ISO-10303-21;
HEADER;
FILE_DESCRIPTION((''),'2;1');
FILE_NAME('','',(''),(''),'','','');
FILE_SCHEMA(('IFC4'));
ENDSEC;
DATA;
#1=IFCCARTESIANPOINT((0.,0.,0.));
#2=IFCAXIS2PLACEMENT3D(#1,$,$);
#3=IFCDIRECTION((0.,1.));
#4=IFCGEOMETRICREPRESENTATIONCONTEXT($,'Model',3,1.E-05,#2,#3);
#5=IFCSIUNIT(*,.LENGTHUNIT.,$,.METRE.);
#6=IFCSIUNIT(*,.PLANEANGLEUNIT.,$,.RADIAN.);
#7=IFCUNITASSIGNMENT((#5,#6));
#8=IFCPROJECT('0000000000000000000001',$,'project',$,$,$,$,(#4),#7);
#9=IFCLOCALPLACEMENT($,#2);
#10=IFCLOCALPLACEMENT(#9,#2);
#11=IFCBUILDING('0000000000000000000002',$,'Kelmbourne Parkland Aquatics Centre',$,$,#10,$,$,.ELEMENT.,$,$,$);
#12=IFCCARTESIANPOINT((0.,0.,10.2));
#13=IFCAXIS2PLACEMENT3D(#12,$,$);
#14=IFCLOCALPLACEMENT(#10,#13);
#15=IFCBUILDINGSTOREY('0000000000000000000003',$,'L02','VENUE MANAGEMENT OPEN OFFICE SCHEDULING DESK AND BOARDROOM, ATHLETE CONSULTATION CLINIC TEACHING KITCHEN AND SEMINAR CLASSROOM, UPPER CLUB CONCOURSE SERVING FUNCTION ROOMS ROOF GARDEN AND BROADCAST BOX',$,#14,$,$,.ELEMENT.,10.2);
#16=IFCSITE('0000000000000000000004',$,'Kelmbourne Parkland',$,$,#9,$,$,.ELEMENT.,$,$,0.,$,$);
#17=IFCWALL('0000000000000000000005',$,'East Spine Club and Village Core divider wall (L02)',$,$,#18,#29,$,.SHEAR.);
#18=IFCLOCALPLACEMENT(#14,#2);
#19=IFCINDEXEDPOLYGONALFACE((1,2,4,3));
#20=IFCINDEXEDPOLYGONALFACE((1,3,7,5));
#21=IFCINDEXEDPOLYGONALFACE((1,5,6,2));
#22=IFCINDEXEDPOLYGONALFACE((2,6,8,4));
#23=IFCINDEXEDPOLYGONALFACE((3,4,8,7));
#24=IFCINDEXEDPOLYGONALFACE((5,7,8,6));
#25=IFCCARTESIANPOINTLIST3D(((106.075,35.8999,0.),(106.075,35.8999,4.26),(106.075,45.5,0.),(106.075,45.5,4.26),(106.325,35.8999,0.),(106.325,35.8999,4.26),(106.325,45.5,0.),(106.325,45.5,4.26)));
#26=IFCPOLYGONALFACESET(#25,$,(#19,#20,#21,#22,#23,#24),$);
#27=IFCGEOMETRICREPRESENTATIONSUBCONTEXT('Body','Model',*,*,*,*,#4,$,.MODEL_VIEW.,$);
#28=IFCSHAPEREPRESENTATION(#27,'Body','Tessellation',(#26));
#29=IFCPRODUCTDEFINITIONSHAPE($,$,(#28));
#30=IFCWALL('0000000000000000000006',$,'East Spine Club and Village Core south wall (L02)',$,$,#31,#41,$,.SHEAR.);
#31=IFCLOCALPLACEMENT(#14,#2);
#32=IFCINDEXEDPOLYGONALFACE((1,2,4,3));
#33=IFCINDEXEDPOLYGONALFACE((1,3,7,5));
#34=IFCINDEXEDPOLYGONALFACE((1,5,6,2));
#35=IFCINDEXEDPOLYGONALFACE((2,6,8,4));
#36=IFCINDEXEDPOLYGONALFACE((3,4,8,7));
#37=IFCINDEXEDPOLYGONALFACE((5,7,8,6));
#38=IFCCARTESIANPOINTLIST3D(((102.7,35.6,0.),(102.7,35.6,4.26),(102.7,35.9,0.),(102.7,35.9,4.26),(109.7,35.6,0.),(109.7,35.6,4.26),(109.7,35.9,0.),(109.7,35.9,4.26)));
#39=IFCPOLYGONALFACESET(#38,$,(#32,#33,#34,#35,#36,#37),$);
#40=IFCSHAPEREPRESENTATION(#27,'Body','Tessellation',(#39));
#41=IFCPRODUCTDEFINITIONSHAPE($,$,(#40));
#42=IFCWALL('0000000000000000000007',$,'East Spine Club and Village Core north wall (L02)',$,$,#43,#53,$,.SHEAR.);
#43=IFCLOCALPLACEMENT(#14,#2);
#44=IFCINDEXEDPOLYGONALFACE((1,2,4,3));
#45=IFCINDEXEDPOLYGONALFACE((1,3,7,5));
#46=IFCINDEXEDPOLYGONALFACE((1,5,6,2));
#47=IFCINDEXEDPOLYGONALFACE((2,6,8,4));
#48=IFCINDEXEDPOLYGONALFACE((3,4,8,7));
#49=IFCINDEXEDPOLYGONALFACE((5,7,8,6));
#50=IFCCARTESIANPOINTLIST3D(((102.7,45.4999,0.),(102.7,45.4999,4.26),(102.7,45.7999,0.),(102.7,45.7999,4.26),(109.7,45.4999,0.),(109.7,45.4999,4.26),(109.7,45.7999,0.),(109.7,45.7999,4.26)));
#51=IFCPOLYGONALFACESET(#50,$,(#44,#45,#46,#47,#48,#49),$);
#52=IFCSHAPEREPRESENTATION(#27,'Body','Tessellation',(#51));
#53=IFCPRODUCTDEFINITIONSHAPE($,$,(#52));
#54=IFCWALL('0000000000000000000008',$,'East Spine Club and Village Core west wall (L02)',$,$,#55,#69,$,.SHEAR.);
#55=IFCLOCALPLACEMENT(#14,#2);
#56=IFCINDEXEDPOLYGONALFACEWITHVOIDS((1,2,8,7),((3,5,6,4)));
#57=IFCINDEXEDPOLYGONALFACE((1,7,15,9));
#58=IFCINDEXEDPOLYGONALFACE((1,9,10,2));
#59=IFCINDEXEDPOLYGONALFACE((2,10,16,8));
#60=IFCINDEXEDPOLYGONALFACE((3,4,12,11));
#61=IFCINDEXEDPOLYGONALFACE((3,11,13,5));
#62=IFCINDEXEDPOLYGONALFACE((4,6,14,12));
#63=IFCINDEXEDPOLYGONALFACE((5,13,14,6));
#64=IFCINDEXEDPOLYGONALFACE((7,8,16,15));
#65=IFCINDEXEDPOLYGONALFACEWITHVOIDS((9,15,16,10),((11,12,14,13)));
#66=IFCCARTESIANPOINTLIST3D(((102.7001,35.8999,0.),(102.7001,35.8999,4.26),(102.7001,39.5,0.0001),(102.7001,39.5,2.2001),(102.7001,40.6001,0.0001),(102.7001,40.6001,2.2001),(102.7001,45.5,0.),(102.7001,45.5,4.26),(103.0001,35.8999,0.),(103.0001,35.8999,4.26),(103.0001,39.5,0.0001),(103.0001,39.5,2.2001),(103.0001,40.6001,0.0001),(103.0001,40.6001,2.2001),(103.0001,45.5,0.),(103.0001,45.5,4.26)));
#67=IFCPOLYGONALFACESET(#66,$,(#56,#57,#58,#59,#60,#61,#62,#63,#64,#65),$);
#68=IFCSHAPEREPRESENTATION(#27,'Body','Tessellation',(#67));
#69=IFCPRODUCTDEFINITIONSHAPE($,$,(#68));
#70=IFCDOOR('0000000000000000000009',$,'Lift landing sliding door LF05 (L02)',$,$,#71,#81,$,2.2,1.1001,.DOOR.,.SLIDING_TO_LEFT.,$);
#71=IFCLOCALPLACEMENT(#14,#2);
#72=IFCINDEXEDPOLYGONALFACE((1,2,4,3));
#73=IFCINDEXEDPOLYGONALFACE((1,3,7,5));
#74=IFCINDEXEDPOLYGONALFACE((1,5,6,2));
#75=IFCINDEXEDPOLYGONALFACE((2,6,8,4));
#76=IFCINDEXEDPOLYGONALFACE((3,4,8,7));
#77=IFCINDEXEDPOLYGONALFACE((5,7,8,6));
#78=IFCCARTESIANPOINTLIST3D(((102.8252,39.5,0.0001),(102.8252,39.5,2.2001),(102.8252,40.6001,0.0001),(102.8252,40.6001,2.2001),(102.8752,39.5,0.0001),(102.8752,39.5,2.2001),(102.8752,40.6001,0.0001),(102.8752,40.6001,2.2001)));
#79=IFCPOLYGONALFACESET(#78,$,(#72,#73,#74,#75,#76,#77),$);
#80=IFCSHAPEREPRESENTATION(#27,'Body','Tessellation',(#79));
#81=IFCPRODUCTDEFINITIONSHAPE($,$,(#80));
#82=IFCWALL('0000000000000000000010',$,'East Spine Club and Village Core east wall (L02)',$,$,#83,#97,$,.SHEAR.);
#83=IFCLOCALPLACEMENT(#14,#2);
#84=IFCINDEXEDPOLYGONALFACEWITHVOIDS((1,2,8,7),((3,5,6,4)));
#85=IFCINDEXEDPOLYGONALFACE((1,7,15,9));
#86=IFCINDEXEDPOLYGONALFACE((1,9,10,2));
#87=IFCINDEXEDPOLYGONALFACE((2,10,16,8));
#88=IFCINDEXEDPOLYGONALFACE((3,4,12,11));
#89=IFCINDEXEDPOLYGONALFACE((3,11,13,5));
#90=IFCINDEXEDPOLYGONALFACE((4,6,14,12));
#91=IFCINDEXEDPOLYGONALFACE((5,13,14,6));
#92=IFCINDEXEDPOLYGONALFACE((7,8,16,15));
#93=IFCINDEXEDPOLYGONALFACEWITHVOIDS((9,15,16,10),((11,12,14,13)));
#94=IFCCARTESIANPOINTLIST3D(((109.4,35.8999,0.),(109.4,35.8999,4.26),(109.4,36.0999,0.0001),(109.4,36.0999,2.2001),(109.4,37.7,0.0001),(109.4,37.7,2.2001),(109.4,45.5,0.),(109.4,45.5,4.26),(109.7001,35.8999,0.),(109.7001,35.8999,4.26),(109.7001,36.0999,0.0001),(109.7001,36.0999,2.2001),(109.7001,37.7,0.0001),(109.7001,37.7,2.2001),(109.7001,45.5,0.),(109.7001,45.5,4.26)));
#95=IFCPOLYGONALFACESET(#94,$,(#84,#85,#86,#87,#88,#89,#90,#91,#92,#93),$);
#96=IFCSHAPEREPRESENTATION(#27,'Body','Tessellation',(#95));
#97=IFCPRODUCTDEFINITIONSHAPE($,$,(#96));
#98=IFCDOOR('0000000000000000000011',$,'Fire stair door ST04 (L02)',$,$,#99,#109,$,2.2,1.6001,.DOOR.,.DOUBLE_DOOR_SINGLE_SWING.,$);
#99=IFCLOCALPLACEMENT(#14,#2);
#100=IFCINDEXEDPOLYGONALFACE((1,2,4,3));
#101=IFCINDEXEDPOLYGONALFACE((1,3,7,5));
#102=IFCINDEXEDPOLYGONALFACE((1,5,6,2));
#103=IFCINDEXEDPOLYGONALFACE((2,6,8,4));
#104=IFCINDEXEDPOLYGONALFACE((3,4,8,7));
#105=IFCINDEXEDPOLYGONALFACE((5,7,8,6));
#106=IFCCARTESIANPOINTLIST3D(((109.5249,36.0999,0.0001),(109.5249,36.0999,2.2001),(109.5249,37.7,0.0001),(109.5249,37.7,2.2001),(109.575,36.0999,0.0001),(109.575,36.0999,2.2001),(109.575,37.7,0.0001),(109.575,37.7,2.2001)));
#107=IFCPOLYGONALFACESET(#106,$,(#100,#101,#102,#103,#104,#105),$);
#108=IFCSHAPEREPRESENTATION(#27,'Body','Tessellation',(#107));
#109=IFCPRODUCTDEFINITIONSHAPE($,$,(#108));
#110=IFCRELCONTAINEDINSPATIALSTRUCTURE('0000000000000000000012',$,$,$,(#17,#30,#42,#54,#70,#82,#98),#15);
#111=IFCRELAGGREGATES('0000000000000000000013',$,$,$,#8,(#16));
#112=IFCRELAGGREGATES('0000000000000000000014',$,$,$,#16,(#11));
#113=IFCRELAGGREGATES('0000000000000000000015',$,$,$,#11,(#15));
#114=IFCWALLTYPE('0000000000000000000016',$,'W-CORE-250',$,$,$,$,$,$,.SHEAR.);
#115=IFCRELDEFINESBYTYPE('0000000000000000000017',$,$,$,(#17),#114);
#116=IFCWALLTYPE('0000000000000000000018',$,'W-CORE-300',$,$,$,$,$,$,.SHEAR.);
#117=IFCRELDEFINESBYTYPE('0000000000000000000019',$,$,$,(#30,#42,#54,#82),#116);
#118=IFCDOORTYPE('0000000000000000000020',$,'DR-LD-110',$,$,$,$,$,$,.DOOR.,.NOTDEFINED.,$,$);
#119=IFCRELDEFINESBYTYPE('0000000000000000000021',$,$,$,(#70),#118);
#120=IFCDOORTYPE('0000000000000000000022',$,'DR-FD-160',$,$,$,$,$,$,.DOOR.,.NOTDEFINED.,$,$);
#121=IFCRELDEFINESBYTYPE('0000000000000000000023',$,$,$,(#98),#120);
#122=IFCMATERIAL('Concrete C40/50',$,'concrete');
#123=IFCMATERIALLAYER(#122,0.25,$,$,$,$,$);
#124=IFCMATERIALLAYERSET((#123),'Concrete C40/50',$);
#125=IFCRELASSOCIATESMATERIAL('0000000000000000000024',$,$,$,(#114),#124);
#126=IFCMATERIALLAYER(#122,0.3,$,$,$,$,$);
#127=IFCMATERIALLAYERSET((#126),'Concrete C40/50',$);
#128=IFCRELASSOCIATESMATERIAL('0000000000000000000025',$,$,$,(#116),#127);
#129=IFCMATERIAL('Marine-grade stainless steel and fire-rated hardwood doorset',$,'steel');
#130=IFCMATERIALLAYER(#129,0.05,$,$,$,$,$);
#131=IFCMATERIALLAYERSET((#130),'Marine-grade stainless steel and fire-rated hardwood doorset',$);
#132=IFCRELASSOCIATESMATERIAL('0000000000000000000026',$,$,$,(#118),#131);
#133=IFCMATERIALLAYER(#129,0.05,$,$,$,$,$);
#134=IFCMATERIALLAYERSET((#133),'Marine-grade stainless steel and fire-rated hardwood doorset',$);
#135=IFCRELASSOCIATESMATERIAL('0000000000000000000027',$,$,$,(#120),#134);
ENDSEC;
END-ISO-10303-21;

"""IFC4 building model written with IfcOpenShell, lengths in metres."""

from ifc_helpers import new_model, si_unit, direction, frame, frame_2d, origin, place, context, subcontext, project, spatial, rectangle, extrude, material, layer, layer_set, type_object, element, fill, save


model = new_model("IFC4")

# Units and contexts
model_context = context("Model", 3, precision=1e-05, world=origin(), true_north=direction((0.0, 1.0)))
body_context = subcontext(model_context, "Body", "Model", "MODEL_VIEW")
ifc_project = project(units=[si_unit("LENGTHUNIT", "METRE"), si_unit("PLANEANGLEUNIT", "RADIAN")], contexts=[model_context])

# Site, building, storey
site_placement = place(None, origin())
site = spatial("IfcSite", under=ifc_project, at=site_placement, Name="Kelmbourne Parkland", CompositionType="ELEMENT", RefElevation=0.0)
building_placement = place(site_placement, origin())
building = spatial("IfcBuilding", under=site, at=building_placement, Name="Kelmbourne Parkland Aquatics Centre", CompositionType="ELEMENT")
storey_placement = place(building_placement, frame((0.0, 0.0, 10.2)))
storey = spatial("IfcBuildingStorey", under=building, at=storey_placement, Name="L02", Description="VENUE MANAGEMENT OPEN OFFICE SCHEDULING DESK AND BOARDROOM, ATHLETE CONSULTATION CLINIC TEACHING KITCHEN AND SEMINAR CLASSROOM, UPPER CLUB CONCOURSE SERVING FUNCTION ROOMS ROOF GARDEN AND BROADCAST BOX", CompositionType="ELEMENT", Elevation=10.2)

# Shared definitions
ifc_material_1 = material(Name="Concrete C40/50", Category="concrete")

# Walls
ifc_layer_1 = layer(ifc_material_1, 0.25)
ifc_layer_set_1 = layer_set([ifc_layer_1], Name="Concrete C40/50")
wall_type_1 = type_object("IfcWallType", Name="W-CORE-250", PredefinedType="SHEAR", material=ifc_layer_set_1)
wall_1_placement = place(storey_placement, frame((106.2, 35.8999, 0.0), z_axis=(0.0, 0.0, 1.0), x_axis=(0.0, 1.0, 0.0)))
element("IfcWall", 1, at=wall_1_placement, inside=storey, type_object=wall_type_1, Name="East Spine Club and Village Core divider wall (L02)", PredefinedType="SHEAR", context=body_context, shape_type="SweptSolid", body=[
    extrude(rectangle(XDim=9.6001, YDim=0.25, at=frame_2d((4.8, 0.0))), origin(), (0.0, 0.0, 1.0), 4.26),
])
ifc_layer_2 = layer(ifc_material_1, 0.3)
ifc_layer_set_2 = layer_set([ifc_layer_2], Name="Concrete C40/50")
wall_type_2 = type_object("IfcWallType", Name="W-CORE-300", PredefinedType="SHEAR", material=ifc_layer_set_2)
for number, where, z_axis, x_axis, name in (
    (2, (102.7, 35.75, 0.0), (0.0, 0.0, 1.0), (1.0, 0.0, 0.0), "East Spine Club and Village Core south wall (L02)"),
    (3, (102.7, 45.6499, 0.0), (0.0, 0.0, 1.0), (1.0, 0.0, 0.0), "East Spine Club and Village Core north wall (L02)"),
):
    element("IfcWall", number, at=place(storey_placement, frame(where, z_axis=z_axis, x_axis=x_axis)), inside=storey, type_object=wall_type_2, Name=name, PredefinedType="SHEAR", context=body_context, shape_type="SweptSolid", body=[
        extrude(rectangle(XDim=7.0, YDim=0.3, at=frame_2d((3.5, 0.0))), origin(), (0.0, 0.0, 1.0), 4.26),
    ])

# Walls, openings, doors
wall_2_placement = place(storey_placement, frame((102.8501, 35.8999, 0.0), z_axis=(0.0, 0.0, 1.0), x_axis=(0.0, 1.0, 0.0)))
wall_2 = element("IfcWall", 4, at=wall_2_placement, inside=storey, type_object=wall_type_2, Name="East Spine Club and Village Core west wall (L02)", PredefinedType="SHEAR", context=body_context, shape_type="SweptSolid", body=[
    extrude(rectangle(XDim=9.6001, YDim=0.3, at=frame_2d((4.8, 0.0))), origin(), (0.0, 0.0, 1.0), 4.26),
])
opening_1_placement = place(wall_2_placement, frame((3.6001, 0.0, 0.0)))
opening_1 = element("IfcOpeningElement", 5, at=opening_1_placement, cuts=wall_2, PredefinedType="OPENING", context=body_context, shape_type="SweptSolid", body=[
    extrude(rectangle(XDim=1.1001, YDim=2.2, at=frame_2d((0.55, 1.1001))), frame((0.0, 0.1621, 0.0), z_axis=(0.0, -1.0, 0.0), x_axis=(1.0, 0.0, 0.0)), (0.0, 0.0, 1.0), 0.324),
])
ifc_material_2 = material(Name="Marine-grade stainless steel and fire-rated hardwood doorset", Category="steel")
ifc_layer_3 = layer(ifc_material_2, 0.05)
ifc_layer_set_3 = layer_set([ifc_layer_3], Name="Marine-grade stainless steel and fire-rated hardwood doorset")
door_type_1 = type_object("IfcDoorType", Name="DR-LD-110", OperationType="NOTDEFINED", PredefinedType="DOOR", material=ifc_layer_set_3)
door_1_placement = place(opening_1_placement, origin())
door_1 = element("IfcDoor", 6, at=door_1_placement, inside=storey, type_object=door_type_1, Name="Lift landing sliding door LF05 (L02)", OperationType="SLIDING_TO_LEFT", OverallHeight=2.2, OverallWidth=1.1001, PredefinedType="DOOR", context=body_context, shape_type="SweptSolid", body=[
    extrude(rectangle(XDim=1.1001, YDim=2.2, at=frame_2d((0.55, 1.1001))), frame((0.0, 0.0249, 0.0), z_axis=(0.0, -1.0, 0.0), x_axis=(1.0, 0.0, 0.0)), (0.0, 0.0, 1.0), 0.05),
])
fill(opening_1, door_1)
wall_3_placement = place(storey_placement, frame((109.55, 35.8999, 0.0), z_axis=(0.0, 0.0, 1.0), x_axis=(0.0, 1.0, 0.0)))
wall_3 = element("IfcWall", 7, at=wall_3_placement, inside=storey, type_object=wall_type_2, Name="East Spine Club and Village Core east wall (L02)", PredefinedType="SHEAR", context=body_context, shape_type="SweptSolid", body=[
    extrude(rectangle(XDim=9.6001, YDim=0.3, at=frame_2d((4.8, 0.0))), origin(), (0.0, 0.0, 1.0), 4.26),
])
opening_2_placement = place(wall_3_placement, frame((0.2, 0.0, 0.0)))
opening_2 = element("IfcOpeningElement", 8, at=opening_2_placement, cuts=wall_3, PredefinedType="OPENING", context=body_context, shape_type="SweptSolid", body=[
    extrude(rectangle(XDim=1.6001, YDim=2.2, at=frame_2d((0.8, 1.1001))), frame((0.0, 0.1621, 0.0), z_axis=(0.0, -1.0, 0.0), x_axis=(1.0, 0.0, 0.0)), (0.0, 0.0, 1.0), 0.324),
])
ifc_layer_4 = layer(ifc_material_2, 0.05)
ifc_layer_set_4 = layer_set([ifc_layer_4], Name="Marine-grade stainless steel and fire-rated hardwood doorset")
door_type_2 = type_object("IfcDoorType", Name="DR-FD-160", OperationType="NOTDEFINED", PredefinedType="DOOR", material=ifc_layer_set_4)
door_2_placement = place(opening_2_placement, frame((1.6001, 0.0, 0.0), z_axis=(0.0, 0.0, 1.0), x_axis=(-1.0, 0.0, 0.0)))
door_2 = element("IfcDoor", 9, at=door_2_placement, inside=storey, type_object=door_type_2, Name="Fire stair door ST04 (L02)", OperationType="DOUBLE_DOOR_SINGLE_SWING", OverallHeight=2.2, OverallWidth=1.6001, PredefinedType="DOOR", context=body_context, shape_type="SweptSolid", body=[
    extrude(rectangle(XDim=1.6001, YDim=2.2, at=frame_2d((0.8, 1.1001))), frame((0.0, 0.0249, 0.0), z_axis=(0.0, -1.0, 0.0), x_axis=(1.0, 0.0, 0.0)), (0.0, 0.0, 1.0), 0.05),
])
fill(opening_2, door_2)

save(model, "model.ifc")
